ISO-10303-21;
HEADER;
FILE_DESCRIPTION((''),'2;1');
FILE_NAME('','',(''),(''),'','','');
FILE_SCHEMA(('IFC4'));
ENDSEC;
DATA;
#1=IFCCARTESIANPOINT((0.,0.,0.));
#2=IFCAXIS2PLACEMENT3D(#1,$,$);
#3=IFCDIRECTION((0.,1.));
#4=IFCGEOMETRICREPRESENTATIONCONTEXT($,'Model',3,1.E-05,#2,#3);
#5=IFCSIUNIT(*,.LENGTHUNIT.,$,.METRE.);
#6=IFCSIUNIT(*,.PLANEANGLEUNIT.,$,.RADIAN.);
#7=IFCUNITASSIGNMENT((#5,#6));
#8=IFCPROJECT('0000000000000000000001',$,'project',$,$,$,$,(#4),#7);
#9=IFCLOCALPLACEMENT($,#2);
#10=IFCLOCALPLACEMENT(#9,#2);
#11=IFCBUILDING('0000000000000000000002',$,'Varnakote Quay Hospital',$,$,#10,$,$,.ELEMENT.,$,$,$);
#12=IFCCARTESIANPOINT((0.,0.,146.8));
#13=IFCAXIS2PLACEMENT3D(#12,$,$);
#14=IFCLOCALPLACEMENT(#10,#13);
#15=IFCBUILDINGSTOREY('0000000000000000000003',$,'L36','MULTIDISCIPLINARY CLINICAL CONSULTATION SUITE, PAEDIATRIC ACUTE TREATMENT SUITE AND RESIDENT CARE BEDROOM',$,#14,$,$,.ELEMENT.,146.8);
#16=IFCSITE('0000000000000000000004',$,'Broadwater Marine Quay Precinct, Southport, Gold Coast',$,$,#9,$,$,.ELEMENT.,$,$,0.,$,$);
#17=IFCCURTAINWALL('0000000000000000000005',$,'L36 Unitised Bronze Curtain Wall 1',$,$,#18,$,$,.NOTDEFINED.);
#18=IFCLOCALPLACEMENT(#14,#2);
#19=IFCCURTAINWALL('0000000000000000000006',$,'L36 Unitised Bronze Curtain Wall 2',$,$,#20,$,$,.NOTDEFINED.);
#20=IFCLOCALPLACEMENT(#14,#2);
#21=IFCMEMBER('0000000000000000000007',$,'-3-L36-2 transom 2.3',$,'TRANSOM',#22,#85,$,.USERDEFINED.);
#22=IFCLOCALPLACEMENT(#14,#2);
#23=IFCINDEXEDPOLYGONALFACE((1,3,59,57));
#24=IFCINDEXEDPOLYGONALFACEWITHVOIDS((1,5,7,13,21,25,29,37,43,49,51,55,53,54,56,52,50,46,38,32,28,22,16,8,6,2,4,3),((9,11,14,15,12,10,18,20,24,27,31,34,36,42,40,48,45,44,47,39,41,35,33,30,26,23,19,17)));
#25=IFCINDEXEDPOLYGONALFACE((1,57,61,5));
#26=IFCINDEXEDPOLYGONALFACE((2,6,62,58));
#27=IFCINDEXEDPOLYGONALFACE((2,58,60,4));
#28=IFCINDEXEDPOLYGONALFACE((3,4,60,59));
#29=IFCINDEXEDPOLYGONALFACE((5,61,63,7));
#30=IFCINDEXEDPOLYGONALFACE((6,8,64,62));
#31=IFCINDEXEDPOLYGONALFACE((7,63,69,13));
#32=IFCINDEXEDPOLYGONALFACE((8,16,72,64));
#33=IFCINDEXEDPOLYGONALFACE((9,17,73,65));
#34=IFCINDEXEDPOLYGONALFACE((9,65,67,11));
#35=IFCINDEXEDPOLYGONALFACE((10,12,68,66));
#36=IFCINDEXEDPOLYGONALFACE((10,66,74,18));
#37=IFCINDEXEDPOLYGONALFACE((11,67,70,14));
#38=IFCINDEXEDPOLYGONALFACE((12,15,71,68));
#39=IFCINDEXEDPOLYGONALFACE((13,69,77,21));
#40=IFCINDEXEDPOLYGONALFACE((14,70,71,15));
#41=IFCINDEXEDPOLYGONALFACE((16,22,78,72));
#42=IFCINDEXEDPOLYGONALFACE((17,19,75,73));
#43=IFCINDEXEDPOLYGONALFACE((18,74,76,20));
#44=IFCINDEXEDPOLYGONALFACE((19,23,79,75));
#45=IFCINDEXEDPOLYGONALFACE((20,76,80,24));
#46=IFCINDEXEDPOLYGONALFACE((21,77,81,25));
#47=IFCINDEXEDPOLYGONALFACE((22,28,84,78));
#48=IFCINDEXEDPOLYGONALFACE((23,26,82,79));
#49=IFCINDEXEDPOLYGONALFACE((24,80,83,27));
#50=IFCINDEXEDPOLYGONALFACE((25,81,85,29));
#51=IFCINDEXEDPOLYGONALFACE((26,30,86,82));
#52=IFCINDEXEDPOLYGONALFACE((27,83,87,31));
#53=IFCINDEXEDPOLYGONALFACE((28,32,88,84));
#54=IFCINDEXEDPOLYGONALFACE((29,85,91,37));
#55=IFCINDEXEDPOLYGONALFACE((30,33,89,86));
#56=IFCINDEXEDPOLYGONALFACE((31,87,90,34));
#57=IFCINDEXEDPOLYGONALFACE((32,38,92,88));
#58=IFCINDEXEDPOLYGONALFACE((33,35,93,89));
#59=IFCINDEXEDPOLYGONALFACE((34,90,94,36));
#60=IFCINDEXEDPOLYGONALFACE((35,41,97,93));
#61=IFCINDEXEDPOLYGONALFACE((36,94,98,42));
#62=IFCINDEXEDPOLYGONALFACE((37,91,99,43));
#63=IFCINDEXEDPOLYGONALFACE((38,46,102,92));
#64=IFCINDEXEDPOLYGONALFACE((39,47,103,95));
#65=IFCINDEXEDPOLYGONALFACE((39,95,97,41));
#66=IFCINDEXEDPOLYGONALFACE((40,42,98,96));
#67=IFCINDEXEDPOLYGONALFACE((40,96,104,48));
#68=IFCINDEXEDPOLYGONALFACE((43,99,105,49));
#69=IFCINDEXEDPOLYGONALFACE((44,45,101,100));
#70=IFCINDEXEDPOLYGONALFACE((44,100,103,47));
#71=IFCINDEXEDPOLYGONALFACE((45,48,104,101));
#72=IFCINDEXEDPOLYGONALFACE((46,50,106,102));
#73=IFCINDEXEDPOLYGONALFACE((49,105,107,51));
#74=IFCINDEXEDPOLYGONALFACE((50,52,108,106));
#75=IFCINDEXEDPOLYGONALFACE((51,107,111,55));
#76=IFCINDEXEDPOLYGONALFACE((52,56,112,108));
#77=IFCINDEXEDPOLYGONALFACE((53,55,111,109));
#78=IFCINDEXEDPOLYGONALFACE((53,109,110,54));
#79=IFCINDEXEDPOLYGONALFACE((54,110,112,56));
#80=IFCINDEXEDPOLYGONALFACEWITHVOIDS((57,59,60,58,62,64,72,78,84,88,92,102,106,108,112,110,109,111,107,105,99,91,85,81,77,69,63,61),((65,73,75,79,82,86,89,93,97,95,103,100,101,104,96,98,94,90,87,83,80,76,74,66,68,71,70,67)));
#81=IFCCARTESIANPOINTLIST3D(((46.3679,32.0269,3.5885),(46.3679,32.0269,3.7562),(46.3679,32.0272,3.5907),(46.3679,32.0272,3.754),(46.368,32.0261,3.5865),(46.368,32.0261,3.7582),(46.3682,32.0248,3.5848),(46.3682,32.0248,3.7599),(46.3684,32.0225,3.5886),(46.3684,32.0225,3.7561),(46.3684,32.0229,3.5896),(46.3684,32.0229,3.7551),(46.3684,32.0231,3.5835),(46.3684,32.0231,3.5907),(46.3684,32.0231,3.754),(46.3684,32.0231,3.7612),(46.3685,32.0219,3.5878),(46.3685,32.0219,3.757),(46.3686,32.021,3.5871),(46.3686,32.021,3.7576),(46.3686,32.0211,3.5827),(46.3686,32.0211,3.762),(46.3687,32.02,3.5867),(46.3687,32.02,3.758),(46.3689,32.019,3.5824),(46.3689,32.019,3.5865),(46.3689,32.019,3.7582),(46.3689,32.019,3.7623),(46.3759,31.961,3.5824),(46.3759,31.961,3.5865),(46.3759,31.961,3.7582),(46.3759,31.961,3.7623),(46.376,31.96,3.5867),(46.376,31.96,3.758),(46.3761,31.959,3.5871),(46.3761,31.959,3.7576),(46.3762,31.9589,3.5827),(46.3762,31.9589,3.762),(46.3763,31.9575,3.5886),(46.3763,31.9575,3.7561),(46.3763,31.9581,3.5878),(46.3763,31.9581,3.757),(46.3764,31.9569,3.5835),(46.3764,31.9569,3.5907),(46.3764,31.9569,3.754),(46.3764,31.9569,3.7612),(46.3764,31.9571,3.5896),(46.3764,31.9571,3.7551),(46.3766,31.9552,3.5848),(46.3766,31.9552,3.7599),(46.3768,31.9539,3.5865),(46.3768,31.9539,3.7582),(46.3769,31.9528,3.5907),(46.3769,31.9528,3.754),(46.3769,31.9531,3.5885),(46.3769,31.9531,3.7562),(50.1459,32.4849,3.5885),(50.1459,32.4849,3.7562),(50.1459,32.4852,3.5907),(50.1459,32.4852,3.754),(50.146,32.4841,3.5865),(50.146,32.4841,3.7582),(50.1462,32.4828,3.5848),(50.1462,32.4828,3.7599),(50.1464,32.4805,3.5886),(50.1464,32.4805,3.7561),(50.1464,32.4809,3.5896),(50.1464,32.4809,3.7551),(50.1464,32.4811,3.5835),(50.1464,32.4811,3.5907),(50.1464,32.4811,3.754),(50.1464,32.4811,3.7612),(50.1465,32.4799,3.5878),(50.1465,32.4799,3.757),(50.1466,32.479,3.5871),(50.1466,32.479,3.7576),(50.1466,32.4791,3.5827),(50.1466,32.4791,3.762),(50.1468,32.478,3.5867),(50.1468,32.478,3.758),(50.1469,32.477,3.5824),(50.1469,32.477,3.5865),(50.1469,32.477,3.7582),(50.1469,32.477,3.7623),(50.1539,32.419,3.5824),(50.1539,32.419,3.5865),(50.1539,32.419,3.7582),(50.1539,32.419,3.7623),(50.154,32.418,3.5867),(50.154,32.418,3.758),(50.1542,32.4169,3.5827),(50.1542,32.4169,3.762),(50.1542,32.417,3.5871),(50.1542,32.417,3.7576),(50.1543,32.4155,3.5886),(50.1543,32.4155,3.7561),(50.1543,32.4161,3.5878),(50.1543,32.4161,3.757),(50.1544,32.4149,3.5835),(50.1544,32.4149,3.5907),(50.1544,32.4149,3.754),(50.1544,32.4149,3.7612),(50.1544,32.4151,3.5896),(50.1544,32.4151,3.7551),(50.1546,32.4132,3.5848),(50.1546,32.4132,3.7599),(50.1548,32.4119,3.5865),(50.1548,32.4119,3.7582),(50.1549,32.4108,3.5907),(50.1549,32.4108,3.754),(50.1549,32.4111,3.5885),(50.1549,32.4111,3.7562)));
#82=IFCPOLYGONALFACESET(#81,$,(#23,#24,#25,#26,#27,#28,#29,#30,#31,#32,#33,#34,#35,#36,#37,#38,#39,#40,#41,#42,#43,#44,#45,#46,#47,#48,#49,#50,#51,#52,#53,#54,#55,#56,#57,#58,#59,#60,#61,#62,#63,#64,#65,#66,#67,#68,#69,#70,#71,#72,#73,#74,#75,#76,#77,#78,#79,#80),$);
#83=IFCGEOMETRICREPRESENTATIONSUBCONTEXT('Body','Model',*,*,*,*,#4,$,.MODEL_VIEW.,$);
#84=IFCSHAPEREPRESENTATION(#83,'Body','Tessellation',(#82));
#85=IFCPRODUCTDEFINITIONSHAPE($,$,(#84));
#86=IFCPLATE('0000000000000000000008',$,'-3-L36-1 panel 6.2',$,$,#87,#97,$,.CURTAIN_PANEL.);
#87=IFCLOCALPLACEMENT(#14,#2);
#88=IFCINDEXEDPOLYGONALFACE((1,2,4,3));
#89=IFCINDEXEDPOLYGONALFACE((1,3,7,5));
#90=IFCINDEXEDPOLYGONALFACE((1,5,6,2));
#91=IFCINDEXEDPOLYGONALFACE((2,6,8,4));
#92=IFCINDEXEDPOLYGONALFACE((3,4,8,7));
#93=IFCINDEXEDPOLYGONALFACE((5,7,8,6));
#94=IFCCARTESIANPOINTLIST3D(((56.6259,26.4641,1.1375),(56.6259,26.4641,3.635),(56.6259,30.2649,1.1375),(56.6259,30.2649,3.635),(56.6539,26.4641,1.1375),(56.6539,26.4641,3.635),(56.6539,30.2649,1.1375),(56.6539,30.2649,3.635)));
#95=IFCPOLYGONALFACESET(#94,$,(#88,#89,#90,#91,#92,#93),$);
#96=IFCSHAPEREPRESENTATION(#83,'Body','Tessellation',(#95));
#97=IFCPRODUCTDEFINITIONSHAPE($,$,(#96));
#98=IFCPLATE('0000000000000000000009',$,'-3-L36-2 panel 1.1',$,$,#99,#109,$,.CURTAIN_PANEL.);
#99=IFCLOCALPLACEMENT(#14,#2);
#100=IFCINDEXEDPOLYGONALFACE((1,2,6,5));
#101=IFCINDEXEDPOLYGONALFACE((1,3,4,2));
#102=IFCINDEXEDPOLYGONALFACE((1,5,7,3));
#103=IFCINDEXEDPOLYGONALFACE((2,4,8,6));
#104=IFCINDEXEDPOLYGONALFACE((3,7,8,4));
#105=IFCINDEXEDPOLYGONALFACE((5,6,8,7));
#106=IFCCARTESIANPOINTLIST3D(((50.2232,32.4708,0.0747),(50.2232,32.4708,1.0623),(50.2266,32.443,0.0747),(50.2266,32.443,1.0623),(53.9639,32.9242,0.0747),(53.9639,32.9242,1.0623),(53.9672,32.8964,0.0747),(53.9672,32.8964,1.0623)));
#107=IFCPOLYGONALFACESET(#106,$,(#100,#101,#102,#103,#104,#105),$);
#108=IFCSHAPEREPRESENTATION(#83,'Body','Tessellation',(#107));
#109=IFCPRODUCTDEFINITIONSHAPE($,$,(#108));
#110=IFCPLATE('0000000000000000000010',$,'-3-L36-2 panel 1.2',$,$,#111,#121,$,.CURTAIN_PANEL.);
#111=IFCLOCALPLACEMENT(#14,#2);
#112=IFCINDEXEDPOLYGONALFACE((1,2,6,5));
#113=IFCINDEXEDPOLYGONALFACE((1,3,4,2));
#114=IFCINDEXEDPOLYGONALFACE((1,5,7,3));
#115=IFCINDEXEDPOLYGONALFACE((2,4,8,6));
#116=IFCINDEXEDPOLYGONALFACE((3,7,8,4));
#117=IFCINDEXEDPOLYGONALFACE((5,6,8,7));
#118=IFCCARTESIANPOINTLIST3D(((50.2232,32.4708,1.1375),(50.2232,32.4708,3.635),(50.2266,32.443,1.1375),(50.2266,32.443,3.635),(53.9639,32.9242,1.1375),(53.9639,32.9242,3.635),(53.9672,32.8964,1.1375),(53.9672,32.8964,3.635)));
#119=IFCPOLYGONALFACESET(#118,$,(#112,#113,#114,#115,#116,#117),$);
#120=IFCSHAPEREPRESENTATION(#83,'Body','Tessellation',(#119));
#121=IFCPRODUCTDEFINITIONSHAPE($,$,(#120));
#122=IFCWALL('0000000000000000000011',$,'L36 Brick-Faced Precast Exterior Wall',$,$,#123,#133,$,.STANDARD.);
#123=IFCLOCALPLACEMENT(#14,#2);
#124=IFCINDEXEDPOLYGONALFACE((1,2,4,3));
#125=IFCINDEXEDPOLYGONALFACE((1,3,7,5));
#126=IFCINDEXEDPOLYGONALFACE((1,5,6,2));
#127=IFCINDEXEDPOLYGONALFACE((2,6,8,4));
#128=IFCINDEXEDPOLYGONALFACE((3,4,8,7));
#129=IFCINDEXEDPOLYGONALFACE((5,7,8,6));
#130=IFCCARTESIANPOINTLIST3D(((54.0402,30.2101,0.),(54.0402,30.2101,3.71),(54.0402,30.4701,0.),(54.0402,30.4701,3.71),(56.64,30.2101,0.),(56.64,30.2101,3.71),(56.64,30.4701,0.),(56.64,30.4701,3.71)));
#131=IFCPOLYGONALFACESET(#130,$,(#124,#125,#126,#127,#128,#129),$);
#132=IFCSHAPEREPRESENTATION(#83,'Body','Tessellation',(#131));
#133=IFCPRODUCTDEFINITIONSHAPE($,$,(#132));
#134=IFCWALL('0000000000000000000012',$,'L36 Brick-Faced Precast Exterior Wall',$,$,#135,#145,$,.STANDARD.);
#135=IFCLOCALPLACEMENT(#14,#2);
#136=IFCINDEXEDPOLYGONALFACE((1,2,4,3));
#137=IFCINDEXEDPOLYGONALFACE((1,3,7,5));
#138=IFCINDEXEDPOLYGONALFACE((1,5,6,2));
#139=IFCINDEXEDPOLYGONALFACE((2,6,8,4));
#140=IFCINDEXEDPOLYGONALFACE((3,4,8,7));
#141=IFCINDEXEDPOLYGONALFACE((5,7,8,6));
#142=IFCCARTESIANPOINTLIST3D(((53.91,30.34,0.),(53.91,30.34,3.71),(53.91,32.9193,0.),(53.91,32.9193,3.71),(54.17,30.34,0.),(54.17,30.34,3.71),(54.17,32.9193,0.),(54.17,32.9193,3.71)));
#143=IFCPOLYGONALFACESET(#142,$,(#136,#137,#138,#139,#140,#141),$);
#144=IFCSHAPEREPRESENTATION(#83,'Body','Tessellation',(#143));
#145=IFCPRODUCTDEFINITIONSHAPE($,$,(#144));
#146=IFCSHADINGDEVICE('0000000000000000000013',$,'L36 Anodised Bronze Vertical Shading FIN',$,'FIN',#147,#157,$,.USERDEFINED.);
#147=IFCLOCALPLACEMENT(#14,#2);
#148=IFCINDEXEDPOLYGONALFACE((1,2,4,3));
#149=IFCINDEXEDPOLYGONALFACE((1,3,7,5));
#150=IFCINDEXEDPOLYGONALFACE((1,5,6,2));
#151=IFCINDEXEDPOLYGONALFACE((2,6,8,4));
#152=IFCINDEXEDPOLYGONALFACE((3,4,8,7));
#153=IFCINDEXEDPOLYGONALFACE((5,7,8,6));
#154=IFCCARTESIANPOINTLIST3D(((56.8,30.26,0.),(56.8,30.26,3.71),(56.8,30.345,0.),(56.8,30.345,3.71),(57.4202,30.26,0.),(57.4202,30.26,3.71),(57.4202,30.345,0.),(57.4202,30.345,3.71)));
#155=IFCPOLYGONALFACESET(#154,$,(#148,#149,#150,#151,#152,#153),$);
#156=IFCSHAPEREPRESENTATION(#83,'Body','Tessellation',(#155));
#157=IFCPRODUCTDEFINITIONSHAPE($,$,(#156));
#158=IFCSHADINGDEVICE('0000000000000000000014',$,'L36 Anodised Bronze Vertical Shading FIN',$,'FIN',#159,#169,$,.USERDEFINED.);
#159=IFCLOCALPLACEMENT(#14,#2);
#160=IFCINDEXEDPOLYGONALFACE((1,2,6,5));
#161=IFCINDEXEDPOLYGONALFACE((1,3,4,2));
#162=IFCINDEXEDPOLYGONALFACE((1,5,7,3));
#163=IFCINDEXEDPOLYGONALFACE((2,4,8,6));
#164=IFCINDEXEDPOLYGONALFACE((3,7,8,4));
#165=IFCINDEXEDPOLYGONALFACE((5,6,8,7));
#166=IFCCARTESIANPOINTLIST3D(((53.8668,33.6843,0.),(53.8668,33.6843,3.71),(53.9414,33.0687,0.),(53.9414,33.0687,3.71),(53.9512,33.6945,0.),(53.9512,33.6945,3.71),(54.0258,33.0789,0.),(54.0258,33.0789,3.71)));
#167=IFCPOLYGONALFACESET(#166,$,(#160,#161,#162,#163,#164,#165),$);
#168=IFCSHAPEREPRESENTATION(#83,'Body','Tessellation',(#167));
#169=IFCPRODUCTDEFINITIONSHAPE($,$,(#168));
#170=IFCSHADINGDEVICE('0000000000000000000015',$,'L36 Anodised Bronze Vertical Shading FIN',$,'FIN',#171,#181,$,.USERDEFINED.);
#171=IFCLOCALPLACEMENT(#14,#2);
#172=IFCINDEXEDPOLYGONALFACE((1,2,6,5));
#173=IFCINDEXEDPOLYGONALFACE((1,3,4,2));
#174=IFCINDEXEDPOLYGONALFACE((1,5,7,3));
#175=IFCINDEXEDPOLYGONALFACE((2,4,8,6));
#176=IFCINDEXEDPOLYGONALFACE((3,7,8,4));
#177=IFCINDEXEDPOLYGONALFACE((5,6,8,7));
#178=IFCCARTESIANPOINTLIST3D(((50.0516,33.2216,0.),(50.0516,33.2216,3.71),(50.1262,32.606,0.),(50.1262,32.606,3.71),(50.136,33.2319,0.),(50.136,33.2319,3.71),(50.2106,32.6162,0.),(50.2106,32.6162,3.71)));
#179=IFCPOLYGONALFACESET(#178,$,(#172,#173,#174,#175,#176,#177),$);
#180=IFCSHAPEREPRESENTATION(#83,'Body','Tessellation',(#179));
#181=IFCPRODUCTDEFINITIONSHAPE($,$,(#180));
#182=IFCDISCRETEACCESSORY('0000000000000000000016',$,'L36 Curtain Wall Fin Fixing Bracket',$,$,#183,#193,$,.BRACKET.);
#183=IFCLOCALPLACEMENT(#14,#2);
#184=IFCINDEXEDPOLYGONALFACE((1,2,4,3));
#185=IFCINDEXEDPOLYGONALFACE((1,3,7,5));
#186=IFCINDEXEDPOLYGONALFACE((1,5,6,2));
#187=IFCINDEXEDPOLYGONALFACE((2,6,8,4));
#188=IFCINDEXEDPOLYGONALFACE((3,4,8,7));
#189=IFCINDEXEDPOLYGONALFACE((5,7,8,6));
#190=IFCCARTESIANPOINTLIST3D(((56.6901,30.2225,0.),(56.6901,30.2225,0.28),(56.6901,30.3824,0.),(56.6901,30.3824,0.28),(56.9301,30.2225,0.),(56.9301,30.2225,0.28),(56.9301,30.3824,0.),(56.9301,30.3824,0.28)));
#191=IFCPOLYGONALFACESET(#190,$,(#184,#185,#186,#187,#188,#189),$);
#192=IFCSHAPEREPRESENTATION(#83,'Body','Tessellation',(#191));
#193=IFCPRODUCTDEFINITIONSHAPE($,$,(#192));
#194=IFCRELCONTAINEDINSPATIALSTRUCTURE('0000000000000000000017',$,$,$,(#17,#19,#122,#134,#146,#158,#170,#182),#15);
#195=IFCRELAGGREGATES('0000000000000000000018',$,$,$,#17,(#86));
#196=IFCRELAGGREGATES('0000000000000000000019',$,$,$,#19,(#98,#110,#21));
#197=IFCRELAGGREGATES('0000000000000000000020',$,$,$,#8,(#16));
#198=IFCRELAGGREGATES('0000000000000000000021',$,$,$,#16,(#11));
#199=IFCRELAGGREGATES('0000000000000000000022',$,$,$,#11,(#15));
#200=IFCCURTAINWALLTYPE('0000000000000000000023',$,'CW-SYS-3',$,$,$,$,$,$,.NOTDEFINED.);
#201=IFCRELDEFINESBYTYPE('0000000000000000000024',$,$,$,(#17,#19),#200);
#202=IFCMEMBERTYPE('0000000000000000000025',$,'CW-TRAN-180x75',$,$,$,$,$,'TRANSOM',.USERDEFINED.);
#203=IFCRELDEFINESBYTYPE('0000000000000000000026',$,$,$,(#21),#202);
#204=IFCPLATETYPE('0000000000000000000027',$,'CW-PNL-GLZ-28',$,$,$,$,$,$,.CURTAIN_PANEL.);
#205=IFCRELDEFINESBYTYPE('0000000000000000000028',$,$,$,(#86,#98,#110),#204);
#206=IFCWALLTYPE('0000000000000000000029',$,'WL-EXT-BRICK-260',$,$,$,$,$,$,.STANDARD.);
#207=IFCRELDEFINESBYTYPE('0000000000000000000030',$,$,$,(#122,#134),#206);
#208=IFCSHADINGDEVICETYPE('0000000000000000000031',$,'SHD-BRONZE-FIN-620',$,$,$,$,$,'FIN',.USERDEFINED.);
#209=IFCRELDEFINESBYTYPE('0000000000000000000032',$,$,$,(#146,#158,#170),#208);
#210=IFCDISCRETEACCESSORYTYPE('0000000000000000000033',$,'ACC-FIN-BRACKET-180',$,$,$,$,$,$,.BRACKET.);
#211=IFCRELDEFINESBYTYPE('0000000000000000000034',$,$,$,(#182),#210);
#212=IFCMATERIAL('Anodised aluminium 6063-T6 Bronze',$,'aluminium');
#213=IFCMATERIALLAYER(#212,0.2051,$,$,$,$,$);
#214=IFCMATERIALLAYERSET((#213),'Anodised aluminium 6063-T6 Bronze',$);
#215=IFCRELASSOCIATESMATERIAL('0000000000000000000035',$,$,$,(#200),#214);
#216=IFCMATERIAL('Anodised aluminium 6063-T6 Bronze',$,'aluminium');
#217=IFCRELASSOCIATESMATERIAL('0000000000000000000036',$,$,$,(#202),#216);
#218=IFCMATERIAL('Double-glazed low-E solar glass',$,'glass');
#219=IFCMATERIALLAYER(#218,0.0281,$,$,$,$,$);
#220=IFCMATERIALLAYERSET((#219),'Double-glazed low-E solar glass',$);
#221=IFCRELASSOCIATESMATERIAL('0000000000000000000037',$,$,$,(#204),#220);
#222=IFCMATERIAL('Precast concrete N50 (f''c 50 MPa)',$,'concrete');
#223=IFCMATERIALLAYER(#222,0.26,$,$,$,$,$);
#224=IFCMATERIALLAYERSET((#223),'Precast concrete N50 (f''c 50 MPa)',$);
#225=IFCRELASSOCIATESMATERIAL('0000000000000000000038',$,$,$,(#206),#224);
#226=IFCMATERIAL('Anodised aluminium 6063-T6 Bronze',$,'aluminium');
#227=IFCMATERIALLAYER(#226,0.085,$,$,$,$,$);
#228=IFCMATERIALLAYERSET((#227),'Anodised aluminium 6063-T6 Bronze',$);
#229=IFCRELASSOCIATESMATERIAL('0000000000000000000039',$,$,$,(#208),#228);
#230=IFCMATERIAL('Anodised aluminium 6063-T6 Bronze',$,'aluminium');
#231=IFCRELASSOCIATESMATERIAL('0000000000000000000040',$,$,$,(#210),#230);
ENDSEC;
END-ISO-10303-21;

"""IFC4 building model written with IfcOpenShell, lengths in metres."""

from ifc_helpers import new_model, si_unit, direction, frame, frame_2d, origin, origin_2d, place, context, subcontext, project, spatial, rectangle, hollow_rectangle, extrude, material, layer, layer_set, material_profile, profile_set, type_object, element, aggregate, save


model = new_model("IFC4")

# Units and contexts
model_context = context("Model", 3, precision=1e-05, world=origin(), true_north=direction((0.0, 1.0)))
body_context = subcontext(model_context, "Body", "Model", "MODEL_VIEW")
ifc_project = project(units=[si_unit("LENGTHUNIT", "METRE"), si_unit("PLANEANGLEUNIT", "RADIAN")], contexts=[model_context])

# Site, building, storey
site_placement = place(None, origin())
site = spatial("IfcSite", under=ifc_project, at=site_placement, Name="Broadwater Marine Quay Precinct, Southport, Gold Coast", CompositionType="ELEMENT", RefElevation=0.0)
building_placement = place(site_placement, origin())
building = spatial("IfcBuilding", under=site, at=building_placement, Name="Varnakote Quay Hospital", CompositionType="ELEMENT")
storey_placement = place(building_placement, frame((0.0, 0.0, 146.8)))
storey = spatial("IfcBuildingStorey", under=building, at=storey_placement, Name="L36", Description="MULTIDISCIPLINARY CLINICAL CONSULTATION SUITE, PAEDIATRIC ACUTE TREATMENT SUITE AND RESIDENT CARE BEDROOM", CompositionType="ELEMENT", Elevation=146.8)

# Curtain wall
ifc_material_1 = material(Name="Anodised aluminium 6063-T6 Bronze", Category="aluminium")
ifc_layer_1 = layer(ifc_material_1, 0.2051)
ifc_layer_set_1 = layer_set([ifc_layer_1], Name="Anodised aluminium 6063-T6 Bronze")
curtain_wall_type = type_object("IfcCurtainWallType", Name="CW-SYS-3", PredefinedType="NOTDEFINED", material=ifc_layer_set_1)
curtain_wall_1_placement = place(storey_placement, origin())
curtain_wall_1 = element("IfcCurtainWall", 1, at=curtain_wall_1_placement, inside=storey, type_object=curtain_wall_type, Name="L36 Unitised Bronze Curtain Wall 1", PredefinedType="NOTDEFINED")

# Curtain wall, member
curtain_wall_2_placement = place(storey_placement, origin())
curtain_wall_2 = element("IfcCurtainWall", 2, at=curtain_wall_2_placement, inside=storey, type_object=curtain_wall_type, Name="L36 Unitised Bronze Curtain Wall 2", PredefinedType="NOTDEFINED")
ifc_material_2 = material(Name="Anodised aluminium 6063-T6 Bronze", Category="aluminium")
ifc_material_profile_1 = material_profile(ifc_material_2, hollow_rectangle(XDim=0.075, YDim=0.1799, WallThickness=0.0042, InnerFilletRadius=0.0042, OuterFilletRadius=0.0083, at=origin_2d()), Name="CW-TRAN-180x75")
ifc_profile_set_1 = profile_set([ifc_material_profile_1], Name="Anodised aluminium 6063-T6 Bronze")
member_type_1 = type_object("IfcMemberType", Name="CW-TRAN-180x75", ElementType="TRANSOM", PredefinedType="USERDEFINED", material=ifc_profile_set_1)
member_1_placement = place(storey_placement, frame((50.1504, 32.448, 3.6724), z_axis=(-0.992732, -0.120347, 0.0), x_axis=(0.120347, -0.992732, 0.0)))
member_1 = element("IfcMember", 3, at=member_1_placement, type_object=member_type_1, Name="-3-L36-2 transom 2.3", ObjectType="TRANSOM", PredefinedType="USERDEFINED", context=body_context, shape_type="SweptSolid", body=[
    extrude(hollow_rectangle(XDim=0.075, YDim=0.1799, WallThickness=0.0042, InnerFilletRadius=0.0042, OuterFilletRadius=0.0083, at=origin_2d()), origin(), (0.0, 0.0, 1.0), 3.8057),
])

# Plates
ifc_material_3 = material(Name="Double-glazed low-E solar glass", Category="glass")
ifc_layer_2 = layer(ifc_material_3, 0.0281)
ifc_layer_set_2 = layer_set([ifc_layer_2], Name="Double-glazed low-E solar glass")
plate_type = type_object("IfcPlateType", Name="CW-PNL-GLZ-28", PredefinedType="CURTAIN_PANEL", material=ifc_layer_set_2)
plate_1_placement = place(storey_placement, frame((56.6399, 28.3645, 1.1375), z_axis=(0.0, 0.0, 1.0), x_axis=(0.0, 1.0, 0.0)))
plate_1 = element("IfcPlate", 4, at=plate_1_placement, type_object=plate_type, Name="-3-L36-1 panel 6.2", PredefinedType="CURTAIN_PANEL", context=body_context, shape_type="SweptSolid", body=[
    extrude(rectangle(XDim=3.8008, YDim=0.0281, at=origin_2d()), origin(), (0.0, 0.0, 1.0), 2.4976),
])
aggregate(curtain_wall_1, [plate_1])
plate_2_placement = place(storey_placement, frame((52.0952, 32.6836, 0.0747), z_axis=(0.0, 0.0, 1.0), x_axis=(-0.992734, -0.120327, 0.0)))
plate_2 = element("IfcPlate", 5, at=plate_2_placement, type_object=plate_type, Name="-3-L36-2 panel 1.1", PredefinedType="CURTAIN_PANEL", context=body_context, shape_type="SweptSolid", body=[
    extrude(rectangle(XDim=3.7681, YDim=0.0281, at=origin_2d()), origin(), (0.0, 0.0, 1.0), 0.9875),
])
plate_3_placement = place(storey_placement, frame((52.0952, 32.6836, 1.1375), z_axis=(0.0, 0.0, 1.0), x_axis=(-0.992734, -0.120327, 0.0)))
plate_3 = element("IfcPlate", 6, at=plate_3_placement, type_object=plate_type, Name="-3-L36-2 panel 1.2", PredefinedType="CURTAIN_PANEL", context=body_context, shape_type="SweptSolid", body=[
    extrude(rectangle(XDim=3.7681, YDim=0.0281, at=origin_2d()), origin(), (0.0, 0.0, 1.0), 2.4976),
])
aggregate(curtain_wall_2, [plate_2, plate_3, member_1])

# Walls
ifc_material_4 = material(Name="Precast concrete N50 (f'c 50 MPa)", Category="concrete")
ifc_layer_3 = layer(ifc_material_4, 0.26)
ifc_layer_set_3 = layer_set([ifc_layer_3], Name="Precast concrete N50 (f'c 50 MPa)")
wall_type = type_object("IfcWallType", Name="WL-EXT-BRICK-260", PredefinedType="STANDARD", material=ifc_layer_set_3)
wall_1_placement = place(storey_placement, frame((56.6399, 30.3401, 0.0), z_axis=(0.0, 0.0, 1.0), x_axis=(-1.0, 0.0, 0.0)))
element("IfcWall", 7, at=wall_1_placement, inside=storey, type_object=wall_type, Name="L36 Brick-Faced Precast Exterior Wall", PredefinedType="STANDARD", context=body_context, shape_type="SweptSolid", body=[
    extrude(rectangle(XDim=2.5999, YDim=0.26, at=frame_2d((1.2998, 0.0))), origin(), (0.0, 0.0, 1.0), 3.71),
])
wall_2_placement = place(storey_placement, frame((54.04, 30.3401, 0.0), z_axis=(0.0, 0.0, 1.0), x_axis=(0.0, 1.0, 0.0)))
element("IfcWall", 8, at=wall_2_placement, inside=storey, type_object=wall_type, Name="L36 Brick-Faced Precast Exterior Wall", PredefinedType="STANDARD", context=body_context, shape_type="SweptSolid", body=[
    extrude(rectangle(XDim=2.5793, YDim=0.26, at=frame_2d((1.2896, 0.0))), origin(), (0.0, 0.0, 1.0), 3.71),
])

# Shading devices
ifc_material_5 = material(Name="Anodised aluminium 6063-T6 Bronze", Category="aluminium")
ifc_layer_4 = layer(ifc_material_5, 0.085)
ifc_layer_set_4 = layer_set([ifc_layer_4], Name="Anodised aluminium 6063-T6 Bronze")
shading_device_type = type_object("IfcShadingDeviceType", Name="SHD-BRONZE-FIN-620", ElementType="FIN", PredefinedType="USERDEFINED", material=ifc_layer_set_4)
for number, where, z_axis, x_axis, name in (
    (9, (57.1101, 30.3025, 0.0), (0.0, 0.0, 1.0), (-1.0, 0.0, 0.0), "L36 Anodised Bronze Vertical Shading FIN"),
    (10, (53.9463, 33.3816, 0.0), (0.0, 0.0, 1.0), (0.12031, -0.992736, 0.0), "L36 Anodised Bronze Vertical Shading FIN"),
    (11, (50.1311, 32.9189, 0.0), (0.0, 0.0, 1.0), (0.12031, -0.992736, 0.0), "L36 Anodised Bronze Vertical Shading FIN"),
):
    element("IfcShadingDevice", number, at=place(storey_placement, frame(where, z_axis=z_axis, x_axis=x_axis)), inside=storey, type_object=shading_device_type, Name=name, ObjectType="FIN", PredefinedType="USERDEFINED", context=body_context, shape_type="SweptSolid", body=[
        extrude(rectangle(XDim=0.6201, YDim=0.085, at=origin_2d()), origin(), (0.0, 0.0, 1.0), 3.71),
    ])

# Discrete accessory
ifc_material_6 = material(Name="Anodised aluminium 6063-T6 Bronze", Category="aluminium")
discrete_accessory_type = type_object("IfcDiscreteAccessoryType", Name="ACC-FIN-BRACKET-180", PredefinedType="BRACKET", material=ifc_material_6)
for number, where, z_axis, x_axis, name in (
    (12, (56.8101, 30.3025, 0.0), (0.0, 0.0, 1.0), (0.0, 1.0, 0.0), "L36 Curtain Wall Fin Fixing Bracket"),
):
    element("IfcDiscreteAccessory", number, at=place(storey_placement, frame(where, z_axis=z_axis, x_axis=x_axis)), inside=storey, type_object=discrete_accessory_type, Name=name, PredefinedType="BRACKET", context=body_context, shape_type="SweptSolid", body=[
        extrude(rectangle(XDim=0.1599, YDim=0.24, at=origin_2d()), origin(), (0.0, 0.0, 1.0), 0.28),
    ])

save(model, "model.ifc")
